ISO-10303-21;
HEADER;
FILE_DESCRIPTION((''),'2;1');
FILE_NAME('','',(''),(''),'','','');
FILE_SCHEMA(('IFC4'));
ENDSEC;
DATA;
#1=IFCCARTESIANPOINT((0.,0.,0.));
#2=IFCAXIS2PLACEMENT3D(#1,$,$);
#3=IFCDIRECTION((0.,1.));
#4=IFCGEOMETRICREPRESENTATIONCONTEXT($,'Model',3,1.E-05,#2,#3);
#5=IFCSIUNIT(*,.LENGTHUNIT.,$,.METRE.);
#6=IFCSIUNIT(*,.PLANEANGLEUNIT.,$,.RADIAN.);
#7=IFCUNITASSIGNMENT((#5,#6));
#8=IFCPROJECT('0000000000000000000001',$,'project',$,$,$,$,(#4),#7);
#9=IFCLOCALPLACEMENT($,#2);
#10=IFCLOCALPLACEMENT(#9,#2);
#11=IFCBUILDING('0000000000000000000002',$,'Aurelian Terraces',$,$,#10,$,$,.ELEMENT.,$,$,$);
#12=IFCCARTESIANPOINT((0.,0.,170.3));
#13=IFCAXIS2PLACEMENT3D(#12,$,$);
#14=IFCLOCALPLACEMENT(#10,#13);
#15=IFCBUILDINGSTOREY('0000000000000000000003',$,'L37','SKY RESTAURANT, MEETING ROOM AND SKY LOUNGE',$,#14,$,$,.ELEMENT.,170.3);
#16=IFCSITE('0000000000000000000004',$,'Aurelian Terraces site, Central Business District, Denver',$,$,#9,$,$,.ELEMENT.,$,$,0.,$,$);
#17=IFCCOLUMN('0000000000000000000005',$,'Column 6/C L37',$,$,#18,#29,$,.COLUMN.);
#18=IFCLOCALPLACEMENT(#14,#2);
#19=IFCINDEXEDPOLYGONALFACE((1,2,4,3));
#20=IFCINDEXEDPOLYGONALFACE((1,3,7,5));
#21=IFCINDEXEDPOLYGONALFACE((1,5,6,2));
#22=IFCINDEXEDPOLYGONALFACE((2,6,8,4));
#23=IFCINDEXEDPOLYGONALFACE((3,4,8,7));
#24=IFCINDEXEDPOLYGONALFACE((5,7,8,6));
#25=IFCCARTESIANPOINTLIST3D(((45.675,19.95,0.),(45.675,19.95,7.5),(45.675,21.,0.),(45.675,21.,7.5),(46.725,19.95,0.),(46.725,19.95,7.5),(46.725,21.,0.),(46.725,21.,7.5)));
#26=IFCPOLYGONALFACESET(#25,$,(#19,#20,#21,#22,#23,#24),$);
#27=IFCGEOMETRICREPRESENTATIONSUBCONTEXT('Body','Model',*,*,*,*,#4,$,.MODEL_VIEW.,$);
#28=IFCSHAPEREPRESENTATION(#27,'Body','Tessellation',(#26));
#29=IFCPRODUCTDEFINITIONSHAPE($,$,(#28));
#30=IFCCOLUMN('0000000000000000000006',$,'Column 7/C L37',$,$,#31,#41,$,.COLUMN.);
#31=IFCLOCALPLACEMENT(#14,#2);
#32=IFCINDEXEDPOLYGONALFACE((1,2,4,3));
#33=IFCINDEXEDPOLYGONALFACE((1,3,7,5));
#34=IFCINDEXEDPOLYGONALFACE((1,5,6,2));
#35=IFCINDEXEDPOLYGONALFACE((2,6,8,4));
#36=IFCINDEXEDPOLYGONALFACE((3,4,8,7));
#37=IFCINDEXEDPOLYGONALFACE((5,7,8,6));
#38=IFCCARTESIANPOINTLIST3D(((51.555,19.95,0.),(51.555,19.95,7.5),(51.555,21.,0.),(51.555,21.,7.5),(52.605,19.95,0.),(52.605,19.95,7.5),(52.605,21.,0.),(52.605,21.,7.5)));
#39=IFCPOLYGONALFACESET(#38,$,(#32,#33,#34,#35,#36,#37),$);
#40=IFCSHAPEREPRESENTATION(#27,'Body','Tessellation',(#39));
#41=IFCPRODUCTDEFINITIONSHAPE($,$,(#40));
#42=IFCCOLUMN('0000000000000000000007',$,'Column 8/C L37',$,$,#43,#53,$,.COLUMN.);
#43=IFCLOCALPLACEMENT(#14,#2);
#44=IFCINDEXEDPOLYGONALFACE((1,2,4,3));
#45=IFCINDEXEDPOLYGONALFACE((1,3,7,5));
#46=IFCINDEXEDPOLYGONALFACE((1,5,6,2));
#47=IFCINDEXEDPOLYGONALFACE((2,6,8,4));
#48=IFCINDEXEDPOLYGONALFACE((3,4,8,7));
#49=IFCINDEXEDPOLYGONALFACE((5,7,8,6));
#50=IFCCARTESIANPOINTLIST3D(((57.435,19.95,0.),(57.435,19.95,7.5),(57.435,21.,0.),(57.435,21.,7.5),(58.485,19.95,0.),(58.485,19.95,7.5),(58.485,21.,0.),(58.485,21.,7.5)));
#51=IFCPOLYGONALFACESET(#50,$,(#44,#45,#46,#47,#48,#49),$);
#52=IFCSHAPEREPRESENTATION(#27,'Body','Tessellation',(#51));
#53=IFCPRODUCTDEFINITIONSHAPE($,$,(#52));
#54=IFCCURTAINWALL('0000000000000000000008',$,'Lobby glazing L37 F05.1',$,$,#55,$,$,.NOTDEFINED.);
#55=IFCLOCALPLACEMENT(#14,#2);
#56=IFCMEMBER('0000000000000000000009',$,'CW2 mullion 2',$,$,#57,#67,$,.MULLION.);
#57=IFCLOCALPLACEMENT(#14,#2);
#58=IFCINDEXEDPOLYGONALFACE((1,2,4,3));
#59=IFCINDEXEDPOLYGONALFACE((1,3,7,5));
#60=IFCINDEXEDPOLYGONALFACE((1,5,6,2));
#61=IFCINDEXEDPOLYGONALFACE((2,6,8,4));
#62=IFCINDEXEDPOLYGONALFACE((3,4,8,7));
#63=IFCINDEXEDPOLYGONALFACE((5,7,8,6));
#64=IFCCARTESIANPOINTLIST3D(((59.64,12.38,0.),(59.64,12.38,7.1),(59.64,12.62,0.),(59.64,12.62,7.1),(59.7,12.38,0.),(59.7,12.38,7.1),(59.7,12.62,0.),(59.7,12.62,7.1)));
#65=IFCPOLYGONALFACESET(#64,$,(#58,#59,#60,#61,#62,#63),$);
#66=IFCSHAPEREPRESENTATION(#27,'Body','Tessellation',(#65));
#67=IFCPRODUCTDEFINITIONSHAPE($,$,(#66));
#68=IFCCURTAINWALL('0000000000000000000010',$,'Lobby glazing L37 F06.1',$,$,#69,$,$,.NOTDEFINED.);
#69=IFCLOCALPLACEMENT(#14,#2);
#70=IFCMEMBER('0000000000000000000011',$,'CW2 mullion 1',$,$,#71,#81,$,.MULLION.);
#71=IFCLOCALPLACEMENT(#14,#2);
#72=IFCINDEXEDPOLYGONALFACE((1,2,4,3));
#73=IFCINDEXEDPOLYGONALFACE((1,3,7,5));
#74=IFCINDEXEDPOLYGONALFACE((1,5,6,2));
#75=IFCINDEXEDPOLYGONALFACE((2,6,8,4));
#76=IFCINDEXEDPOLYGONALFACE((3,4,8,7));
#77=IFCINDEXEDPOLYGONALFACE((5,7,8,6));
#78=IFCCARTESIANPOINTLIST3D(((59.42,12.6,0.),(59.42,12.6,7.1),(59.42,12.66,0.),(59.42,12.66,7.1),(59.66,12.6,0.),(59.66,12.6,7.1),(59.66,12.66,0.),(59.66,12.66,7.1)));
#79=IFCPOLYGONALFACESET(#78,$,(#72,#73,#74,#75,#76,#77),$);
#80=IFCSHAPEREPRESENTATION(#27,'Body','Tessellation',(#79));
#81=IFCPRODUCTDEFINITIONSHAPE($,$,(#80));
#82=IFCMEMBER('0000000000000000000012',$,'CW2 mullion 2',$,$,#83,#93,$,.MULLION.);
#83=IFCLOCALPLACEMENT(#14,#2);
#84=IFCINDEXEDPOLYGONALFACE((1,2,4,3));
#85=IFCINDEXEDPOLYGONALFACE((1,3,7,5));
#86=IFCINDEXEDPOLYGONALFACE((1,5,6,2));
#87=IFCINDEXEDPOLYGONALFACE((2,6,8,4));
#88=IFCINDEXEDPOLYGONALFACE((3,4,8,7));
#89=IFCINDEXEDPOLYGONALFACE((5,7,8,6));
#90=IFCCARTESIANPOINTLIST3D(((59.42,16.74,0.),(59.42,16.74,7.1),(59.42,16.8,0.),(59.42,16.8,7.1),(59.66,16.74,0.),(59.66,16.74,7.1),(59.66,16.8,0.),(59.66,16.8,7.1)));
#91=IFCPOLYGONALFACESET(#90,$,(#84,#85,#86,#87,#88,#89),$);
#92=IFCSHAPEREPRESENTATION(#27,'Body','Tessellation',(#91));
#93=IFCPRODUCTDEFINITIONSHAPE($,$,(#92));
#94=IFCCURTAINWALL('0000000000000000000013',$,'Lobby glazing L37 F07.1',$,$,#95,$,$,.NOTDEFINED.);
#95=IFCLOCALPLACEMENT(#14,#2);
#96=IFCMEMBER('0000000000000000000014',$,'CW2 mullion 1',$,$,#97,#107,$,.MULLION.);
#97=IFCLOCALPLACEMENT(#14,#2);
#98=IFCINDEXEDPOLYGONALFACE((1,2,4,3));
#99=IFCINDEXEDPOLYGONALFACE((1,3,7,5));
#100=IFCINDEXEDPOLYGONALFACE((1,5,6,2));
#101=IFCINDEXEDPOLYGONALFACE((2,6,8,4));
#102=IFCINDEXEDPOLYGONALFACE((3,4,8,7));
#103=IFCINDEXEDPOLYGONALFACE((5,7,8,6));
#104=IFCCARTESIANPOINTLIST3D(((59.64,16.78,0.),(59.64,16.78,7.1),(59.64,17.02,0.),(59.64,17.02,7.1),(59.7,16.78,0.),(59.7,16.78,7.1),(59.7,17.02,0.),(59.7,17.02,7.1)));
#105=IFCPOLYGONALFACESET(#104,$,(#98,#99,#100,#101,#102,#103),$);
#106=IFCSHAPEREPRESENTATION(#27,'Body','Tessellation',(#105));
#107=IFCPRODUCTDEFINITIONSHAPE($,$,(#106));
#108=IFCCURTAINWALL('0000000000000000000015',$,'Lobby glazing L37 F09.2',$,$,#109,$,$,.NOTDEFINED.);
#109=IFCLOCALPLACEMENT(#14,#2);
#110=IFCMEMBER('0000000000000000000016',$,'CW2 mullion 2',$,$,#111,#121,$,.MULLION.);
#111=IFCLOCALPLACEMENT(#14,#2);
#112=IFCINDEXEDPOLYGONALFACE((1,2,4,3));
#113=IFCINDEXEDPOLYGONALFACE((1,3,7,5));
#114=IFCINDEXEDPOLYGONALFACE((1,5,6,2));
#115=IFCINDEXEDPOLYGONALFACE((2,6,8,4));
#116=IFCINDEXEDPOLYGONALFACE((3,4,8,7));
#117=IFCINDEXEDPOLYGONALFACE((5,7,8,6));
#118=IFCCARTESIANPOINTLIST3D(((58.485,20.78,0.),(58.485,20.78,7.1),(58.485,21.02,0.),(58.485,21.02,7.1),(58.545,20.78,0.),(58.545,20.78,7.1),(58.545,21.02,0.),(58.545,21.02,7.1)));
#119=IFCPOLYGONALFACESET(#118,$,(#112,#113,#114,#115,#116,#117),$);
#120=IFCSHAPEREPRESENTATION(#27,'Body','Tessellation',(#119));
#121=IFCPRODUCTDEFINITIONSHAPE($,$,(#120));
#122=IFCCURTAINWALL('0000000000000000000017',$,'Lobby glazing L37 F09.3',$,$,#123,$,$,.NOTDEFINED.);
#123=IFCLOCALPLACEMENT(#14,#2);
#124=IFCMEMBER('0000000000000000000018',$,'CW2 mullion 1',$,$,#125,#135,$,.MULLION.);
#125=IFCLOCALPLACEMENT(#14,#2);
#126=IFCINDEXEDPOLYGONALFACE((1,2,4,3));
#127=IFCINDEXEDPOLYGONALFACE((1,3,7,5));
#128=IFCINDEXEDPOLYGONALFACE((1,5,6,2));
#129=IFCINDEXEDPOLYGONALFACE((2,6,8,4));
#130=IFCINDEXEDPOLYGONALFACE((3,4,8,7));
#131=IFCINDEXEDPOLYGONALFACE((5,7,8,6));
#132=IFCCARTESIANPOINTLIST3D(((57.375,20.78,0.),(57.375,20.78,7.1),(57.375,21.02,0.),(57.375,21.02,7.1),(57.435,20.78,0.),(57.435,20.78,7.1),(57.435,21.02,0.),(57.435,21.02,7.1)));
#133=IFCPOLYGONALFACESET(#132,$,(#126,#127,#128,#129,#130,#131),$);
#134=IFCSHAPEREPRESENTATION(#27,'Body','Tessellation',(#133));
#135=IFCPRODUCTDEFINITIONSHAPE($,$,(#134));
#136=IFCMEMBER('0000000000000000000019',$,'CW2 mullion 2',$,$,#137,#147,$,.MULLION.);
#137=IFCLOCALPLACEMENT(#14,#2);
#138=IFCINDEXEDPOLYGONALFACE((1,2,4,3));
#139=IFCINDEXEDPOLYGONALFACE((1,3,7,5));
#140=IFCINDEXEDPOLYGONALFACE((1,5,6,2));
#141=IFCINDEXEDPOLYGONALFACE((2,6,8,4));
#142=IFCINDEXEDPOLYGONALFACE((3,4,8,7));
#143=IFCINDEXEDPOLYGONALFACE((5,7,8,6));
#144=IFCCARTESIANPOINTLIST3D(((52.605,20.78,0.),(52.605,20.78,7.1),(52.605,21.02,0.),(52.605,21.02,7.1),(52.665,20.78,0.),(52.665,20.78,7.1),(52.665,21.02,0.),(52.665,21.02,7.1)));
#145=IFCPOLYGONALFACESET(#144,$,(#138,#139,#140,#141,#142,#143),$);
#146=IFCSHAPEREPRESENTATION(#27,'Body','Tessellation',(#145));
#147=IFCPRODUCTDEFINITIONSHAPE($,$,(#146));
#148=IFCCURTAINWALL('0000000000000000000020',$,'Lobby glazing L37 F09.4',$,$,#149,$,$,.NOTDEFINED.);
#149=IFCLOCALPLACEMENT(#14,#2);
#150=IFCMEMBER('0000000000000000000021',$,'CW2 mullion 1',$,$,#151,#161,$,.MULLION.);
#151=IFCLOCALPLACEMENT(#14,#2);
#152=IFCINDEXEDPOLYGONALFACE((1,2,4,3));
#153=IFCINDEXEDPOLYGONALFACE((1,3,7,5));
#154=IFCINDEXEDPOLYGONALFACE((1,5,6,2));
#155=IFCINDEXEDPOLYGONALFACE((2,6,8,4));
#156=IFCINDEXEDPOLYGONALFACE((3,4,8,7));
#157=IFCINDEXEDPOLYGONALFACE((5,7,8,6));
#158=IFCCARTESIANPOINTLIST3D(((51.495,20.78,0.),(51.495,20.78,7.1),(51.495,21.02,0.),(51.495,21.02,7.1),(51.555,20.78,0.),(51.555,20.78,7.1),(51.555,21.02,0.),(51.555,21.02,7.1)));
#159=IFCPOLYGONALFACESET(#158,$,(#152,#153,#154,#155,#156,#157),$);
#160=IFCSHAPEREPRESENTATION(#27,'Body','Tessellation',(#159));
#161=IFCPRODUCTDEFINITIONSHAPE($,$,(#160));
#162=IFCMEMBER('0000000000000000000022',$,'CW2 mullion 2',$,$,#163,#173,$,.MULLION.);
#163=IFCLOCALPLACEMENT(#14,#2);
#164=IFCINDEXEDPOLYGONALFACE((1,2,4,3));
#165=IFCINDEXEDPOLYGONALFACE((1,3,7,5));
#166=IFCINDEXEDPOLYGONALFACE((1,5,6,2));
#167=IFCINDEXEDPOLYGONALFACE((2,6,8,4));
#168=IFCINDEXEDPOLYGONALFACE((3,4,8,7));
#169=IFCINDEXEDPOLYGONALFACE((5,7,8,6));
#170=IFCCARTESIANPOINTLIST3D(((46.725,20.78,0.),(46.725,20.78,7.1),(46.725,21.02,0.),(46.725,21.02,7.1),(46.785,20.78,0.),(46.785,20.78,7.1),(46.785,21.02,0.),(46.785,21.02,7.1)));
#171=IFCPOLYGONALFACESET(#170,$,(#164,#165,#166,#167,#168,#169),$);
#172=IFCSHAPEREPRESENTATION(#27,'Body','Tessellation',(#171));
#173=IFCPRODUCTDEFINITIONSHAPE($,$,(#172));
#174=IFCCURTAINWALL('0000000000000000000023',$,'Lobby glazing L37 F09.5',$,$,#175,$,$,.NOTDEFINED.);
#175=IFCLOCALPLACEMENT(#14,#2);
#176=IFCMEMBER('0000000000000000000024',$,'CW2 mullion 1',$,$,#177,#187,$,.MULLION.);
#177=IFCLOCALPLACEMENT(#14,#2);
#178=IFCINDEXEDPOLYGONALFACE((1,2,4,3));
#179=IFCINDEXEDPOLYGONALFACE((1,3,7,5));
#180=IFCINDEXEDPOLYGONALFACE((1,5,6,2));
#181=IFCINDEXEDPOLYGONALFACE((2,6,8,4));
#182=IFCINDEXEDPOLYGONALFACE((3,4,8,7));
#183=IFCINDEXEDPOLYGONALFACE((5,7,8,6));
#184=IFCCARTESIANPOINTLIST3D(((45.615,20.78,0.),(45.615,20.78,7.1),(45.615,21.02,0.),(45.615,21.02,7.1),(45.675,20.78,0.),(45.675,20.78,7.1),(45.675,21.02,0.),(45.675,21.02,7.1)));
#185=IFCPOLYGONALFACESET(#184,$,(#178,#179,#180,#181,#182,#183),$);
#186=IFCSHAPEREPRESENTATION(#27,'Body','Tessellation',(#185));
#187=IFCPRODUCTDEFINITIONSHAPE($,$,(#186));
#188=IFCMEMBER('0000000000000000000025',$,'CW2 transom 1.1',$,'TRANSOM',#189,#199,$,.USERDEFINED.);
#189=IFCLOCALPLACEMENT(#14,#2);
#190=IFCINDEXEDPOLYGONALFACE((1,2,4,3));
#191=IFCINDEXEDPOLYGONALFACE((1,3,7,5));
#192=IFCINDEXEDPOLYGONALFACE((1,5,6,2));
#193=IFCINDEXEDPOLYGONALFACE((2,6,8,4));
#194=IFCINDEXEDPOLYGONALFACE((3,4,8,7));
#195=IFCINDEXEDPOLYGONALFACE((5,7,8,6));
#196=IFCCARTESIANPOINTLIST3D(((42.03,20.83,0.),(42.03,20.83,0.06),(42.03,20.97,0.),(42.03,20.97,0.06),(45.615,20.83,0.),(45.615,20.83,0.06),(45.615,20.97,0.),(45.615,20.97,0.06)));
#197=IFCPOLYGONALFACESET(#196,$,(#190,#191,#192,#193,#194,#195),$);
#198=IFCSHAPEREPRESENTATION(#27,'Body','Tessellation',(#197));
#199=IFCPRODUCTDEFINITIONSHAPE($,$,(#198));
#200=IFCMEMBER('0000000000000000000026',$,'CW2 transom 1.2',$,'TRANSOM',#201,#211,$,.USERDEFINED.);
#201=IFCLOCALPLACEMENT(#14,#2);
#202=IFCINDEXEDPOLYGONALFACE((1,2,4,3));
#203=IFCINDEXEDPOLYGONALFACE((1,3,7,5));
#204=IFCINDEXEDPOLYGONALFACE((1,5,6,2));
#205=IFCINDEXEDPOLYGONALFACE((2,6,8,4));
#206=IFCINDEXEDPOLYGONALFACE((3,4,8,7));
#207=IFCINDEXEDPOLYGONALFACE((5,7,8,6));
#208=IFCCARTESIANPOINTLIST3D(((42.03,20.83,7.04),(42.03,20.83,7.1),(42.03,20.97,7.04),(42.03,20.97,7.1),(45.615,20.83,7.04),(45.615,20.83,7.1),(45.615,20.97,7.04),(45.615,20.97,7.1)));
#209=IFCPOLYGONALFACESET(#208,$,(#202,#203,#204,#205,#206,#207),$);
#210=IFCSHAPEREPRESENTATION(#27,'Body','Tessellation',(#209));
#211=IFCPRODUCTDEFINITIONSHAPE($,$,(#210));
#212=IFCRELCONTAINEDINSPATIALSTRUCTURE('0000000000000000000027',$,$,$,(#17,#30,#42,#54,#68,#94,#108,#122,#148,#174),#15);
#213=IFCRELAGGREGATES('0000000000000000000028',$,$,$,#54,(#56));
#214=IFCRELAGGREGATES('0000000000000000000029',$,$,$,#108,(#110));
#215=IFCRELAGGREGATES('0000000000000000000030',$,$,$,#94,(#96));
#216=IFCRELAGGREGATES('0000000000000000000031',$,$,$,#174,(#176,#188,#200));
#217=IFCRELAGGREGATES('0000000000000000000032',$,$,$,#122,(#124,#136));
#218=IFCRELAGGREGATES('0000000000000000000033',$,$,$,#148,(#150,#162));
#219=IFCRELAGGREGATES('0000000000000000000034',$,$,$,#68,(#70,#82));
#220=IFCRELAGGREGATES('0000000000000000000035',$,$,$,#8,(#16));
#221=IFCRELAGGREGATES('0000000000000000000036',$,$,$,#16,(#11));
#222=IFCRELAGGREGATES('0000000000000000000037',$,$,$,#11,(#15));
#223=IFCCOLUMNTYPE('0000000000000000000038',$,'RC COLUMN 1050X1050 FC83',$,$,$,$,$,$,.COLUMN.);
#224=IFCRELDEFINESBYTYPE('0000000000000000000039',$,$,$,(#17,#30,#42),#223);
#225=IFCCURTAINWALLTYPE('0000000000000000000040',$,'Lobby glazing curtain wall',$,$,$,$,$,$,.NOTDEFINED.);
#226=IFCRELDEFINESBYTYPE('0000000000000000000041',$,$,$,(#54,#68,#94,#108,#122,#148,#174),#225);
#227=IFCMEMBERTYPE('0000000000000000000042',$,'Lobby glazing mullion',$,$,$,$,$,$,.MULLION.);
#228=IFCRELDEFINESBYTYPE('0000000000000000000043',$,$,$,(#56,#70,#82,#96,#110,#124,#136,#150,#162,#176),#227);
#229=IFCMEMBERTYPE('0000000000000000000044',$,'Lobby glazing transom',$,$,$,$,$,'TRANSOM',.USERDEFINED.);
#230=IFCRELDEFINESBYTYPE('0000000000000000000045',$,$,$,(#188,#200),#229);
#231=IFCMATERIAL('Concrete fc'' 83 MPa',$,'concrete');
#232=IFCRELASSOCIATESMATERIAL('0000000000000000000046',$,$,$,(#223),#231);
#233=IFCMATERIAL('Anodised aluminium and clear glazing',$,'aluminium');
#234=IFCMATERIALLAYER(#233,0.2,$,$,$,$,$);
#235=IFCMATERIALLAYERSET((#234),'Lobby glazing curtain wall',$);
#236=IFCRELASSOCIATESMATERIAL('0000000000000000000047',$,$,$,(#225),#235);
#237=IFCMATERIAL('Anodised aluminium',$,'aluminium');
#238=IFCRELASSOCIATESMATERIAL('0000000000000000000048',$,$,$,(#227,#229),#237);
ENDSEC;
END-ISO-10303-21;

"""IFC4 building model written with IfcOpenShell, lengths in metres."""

from ifc_helpers import new_model, si_unit, direction, frame, origin, origin_2d, place, context, subcontext, project, spatial, rectangle, extrude, source, transform, mapped, material, layer, layer_set, material_profile, profile_set, type_object, element, aggregate, save


model = new_model("IFC4")

# Units and contexts
model_context = context("Model", 3, precision=1e-05, world=origin(), true_north=direction((0.0, 1.0)))
body_context = subcontext(model_context, "Body", "Model", "MODEL_VIEW")
ifc_project = project(units=[si_unit("LENGTHUNIT", "METRE"), si_unit("PLANEANGLEUNIT", "RADIAN")], contexts=[model_context])

# Site, building, storey
site_placement = place(None, origin())
site = spatial("IfcSite", under=ifc_project, at=site_placement, Name="Aurelian Terraces site, Central Business District, Denver", CompositionType="ELEMENT", RefElevation=0.0)
building_placement = place(site_placement, origin())
building = spatial("IfcBuilding", under=site, at=building_placement, Name="Aurelian Terraces", CompositionType="ELEMENT")
storey_placement = place(building_placement, frame((0.0, 0.0, 170.3)))
storey = spatial("IfcBuildingStorey", under=building, at=storey_placement, Name="L37", Description="SKY RESTAURANT, MEETING ROOM AND SKY LOUNGE", CompositionType="ELEMENT", Elevation=170.3)

# Columns
ifc_material_1 = material(Name="Concrete fc' 83 MPa", Category="concrete")
ifc_material_profile_1 = material_profile(ifc_material_1, rectangle(XDim=1.05, YDim=1.05, at=origin_2d()))
ifc_profile_set_1 = profile_set([ifc_material_profile_1], Name="Concrete fc' 83 MPa")
column_type = type_object("IfcColumnType", Name="RC COLUMN 1050X1050 FC83", PredefinedType="COLUMN", material=ifc_profile_set_1)
shared_shape_1 = source(origin(), body_context, "Body", "SweptSolid", [
    extrude(rectangle(XDim=1.05, YDim=1.05, at=origin_2d()), origin(), (0.0, 0.0, 1.0), 7.5),
])
for number, where, z_axis, x_axis, name in (
    (1, (46.2, 20.475, 0.0), (0.0, 0.0, 1.0), (1.0, 0.0, 0.0), "Column 6/C L37"),
    (2, (52.08, 20.475, 0.0), (0.0, 0.0, 1.0), (1.0, 0.0, 0.0), "Column 7/C L37"),
    (3, (57.96, 20.475, 0.0), (0.0, 0.0, 1.0), (1.0, 0.0, 0.0), "Column 8/C L37"),
):
    element("IfcColumn", number, at=place(storey_placement, frame(where, z_axis=z_axis, x_axis=x_axis)), inside=storey, type_object=column_type, Name=name, PredefinedType="COLUMN", context=body_context, shape_type="MappedRepresentation", body=[
        mapped(shared_shape_1, transform((0.0, 0.0, 0.0), scale=1.0)),
    ])

# Curtain wall, member
ifc_material_2 = material(Name="Anodised aluminium and clear glazing", Category="aluminium")
ifc_layer_1 = layer(ifc_material_2, 0.2)
ifc_layer_set_1 = layer_set([ifc_layer_1], Name="Lobby glazing curtain wall")
curtain_wall_type = type_object("IfcCurtainWallType", Name="Lobby glazing curtain wall", PredefinedType="NOTDEFINED", material=ifc_layer_set_1)
curtain_wall_1_placement = place(storey_placement, origin())
curtain_wall_1 = element("IfcCurtainWall", 4, at=curtain_wall_1_placement, inside=storey, type_object=curtain_wall_type, Name="Lobby glazing L37 F05.1", PredefinedType="NOTDEFINED")
ifc_material_3 = material(Name="Anodised aluminium", Category="aluminium")
ifc_material_profile_2 = material_profile(ifc_material_3, rectangle(XDim=0.24, YDim=0.06, at=origin_2d()))
ifc_profile_set_2 = profile_set([ifc_material_profile_2], Name="Anodised aluminium")
member_type_1 = type_object("IfcMemberType", Name="Lobby glazing mullion", PredefinedType="MULLION", material=ifc_profile_set_2)
shared_shape_2 = source(origin(), body_context, "Body", "SweptSolid", [
    extrude(rectangle(XDim=0.24, YDim=0.06, at=origin_2d()), origin(), (0.0, 0.0, 1.0), 7.1),
])
member_1_placement = place(storey_placement, frame((59.67, 12.5, 0.0), z_axis=(0.0, 0.0, 1.0), x_axis=(0.0, -1.0, 0.0)))
member_1 = element("IfcMember", 5, at=member_1_placement, type_object=member_type_1, Name="CW2 mullion 2", PredefinedType="MULLION", context=body_context, shape_type="MappedRepresentation", body=[
    mapped(shared_shape_2, transform((0.0, 0.0, 0.0), scale=1.0)),
])
aggregate(curtain_wall_1, [member_1])

# Curtain wall, members
curtain_wall_2_placement = place(storey_placement, origin())
curtain_wall_2 = element("IfcCurtainWall", 6, at=curtain_wall_2_placement, inside=storey, type_object=curtain_wall_type, Name="Lobby glazing L37 F06.1", PredefinedType="NOTDEFINED")
member_2_placement = place(storey_placement, frame((59.54, 12.63, 0.0), z_axis=(0.0, 0.0, 1.0), x_axis=(-1.0, 0.0, 0.0)))
member_2 = element("IfcMember", 7, at=member_2_placement, type_object=member_type_1, Name="CW2 mullion 1", PredefinedType="MULLION", context=body_context, shape_type="MappedRepresentation", body=[
    mapped(shared_shape_2, transform((0.0, 0.0, 0.0), scale=1.0)),
])
member_3_placement = place(storey_placement, frame((59.54, 16.77, 0.0), z_axis=(0.0, 0.0, 1.0), x_axis=(-1.0, 0.0, 0.0)))
member_3 = element("IfcMember", 8, at=member_3_placement, type_object=member_type_1, Name="CW2 mullion 2", PredefinedType="MULLION", context=body_context, shape_type="MappedRepresentation", body=[
    mapped(shared_shape_2, transform((0.0, 0.0, 0.0), scale=1.0)),
])

# Curtain walls, members
curtain_wall_3_placement = place(storey_placement, origin())
curtain_wall_3 = element("IfcCurtainWall", 9, at=curtain_wall_3_placement, inside=storey, type_object=curtain_wall_type, Name="Lobby glazing L37 F07.1", PredefinedType="NOTDEFINED")
member_4_placement = place(storey_placement, frame((59.67, 16.9, 0.0), z_axis=(0.0, 0.0, 1.0), x_axis=(0.0, 1.0, 0.0)))
member_4 = element("IfcMember", 10, at=member_4_placement, type_object=member_type_1, Name="CW2 mullion 1", PredefinedType="MULLION", context=body_context, shape_type="MappedRepresentation", body=[
    mapped(shared_shape_2, transform((0.0, 0.0, 0.0), scale=1.0)),
])
curtain_wall_4_placement = place(storey_placement, origin())
curtain_wall_4 = element("IfcCurtainWall", 11, at=curtain_wall_4_placement, inside=storey, type_object=curtain_wall_type, Name="Lobby glazing L37 F09.2", PredefinedType="NOTDEFINED")
member_5_placement = place(storey_placement, frame((58.515, 20.9, 0.0), z_axis=(0.0, 0.0, 1.0), x_axis=(0.0, -1.0, 0.0)))
member_5 = element("IfcMember", 12, at=member_5_placement, type_object=member_type_1, Name="CW2 mullion 2", PredefinedType="MULLION", context=body_context, shape_type="MappedRepresentation", body=[
    mapped(shared_shape_2, transform((0.0, 0.0, 0.0), scale=1.0)),
])
aggregate(curtain_wall_4, [member_5])

# Curtain walls, members
curtain_wall_5_placement = place(storey_placement, origin())
curtain_wall_5 = element("IfcCurtainWall", 13, at=curtain_wall_5_placement, inside=storey, type_object=curtain_wall_type, Name="Lobby glazing L37 F09.3", PredefinedType="NOTDEFINED")
member_6_placement = place(storey_placement, frame((57.405, 20.9, 0.0), z_axis=(0.0, 0.0, 1.0), x_axis=(0.0, -1.0, 0.0)))
member_6 = element("IfcMember", 14, at=member_6_placement, type_object=member_type_1, Name="CW2 mullion 1", PredefinedType="MULLION", context=body_context, shape_type="MappedRepresentation", body=[
    mapped(shared_shape_2, transform((0.0, 0.0, 0.0), scale=1.0)),
])
member_7_placement = place(storey_placement, frame((52.635, 20.9, 0.0), z_axis=(0.0, 0.0, 1.0), x_axis=(0.0, -1.0, 0.0)))
member_7 = element("IfcMember", 15, at=member_7_placement, type_object=member_type_1, Name="CW2 mullion 2", PredefinedType="MULLION", context=body_context, shape_type="MappedRepresentation", body=[
    mapped(shared_shape_2, transform((0.0, 0.0, 0.0), scale=1.0)),
])
curtain_wall_6_placement = place(storey_placement, origin())
curtain_wall_6 = element("IfcCurtainWall", 16, at=curtain_wall_6_placement, inside=storey, type_object=curtain_wall_type, Name="Lobby glazing L37 F09.4", PredefinedType="NOTDEFINED")
member_8_placement = place(storey_placement, frame((51.525, 20.9, 0.0), z_axis=(0.0, 0.0, 1.0), x_axis=(0.0, -1.0, 0.0)))
member_8 = element("IfcMember", 17, at=member_8_placement, type_object=member_type_1, Name="CW2 mullion 1", PredefinedType="MULLION", context=body_context, shape_type="MappedRepresentation", body=[
    mapped(shared_shape_2, transform((0.0, 0.0, 0.0), scale=1.0)),
])
member_9_placement = place(storey_placement, frame((46.755, 20.9, 0.0), z_axis=(0.0, 0.0, 1.0), x_axis=(0.0, -1.0, 0.0)))
member_9 = element("IfcMember", 18, at=member_9_placement, type_object=member_type_1, Name="CW2 mullion 2", PredefinedType="MULLION", context=body_context, shape_type="MappedRepresentation", body=[
    mapped(shared_shape_2, transform((0.0, 0.0, 0.0), scale=1.0)),
])
curtain_wall_7_placement = place(storey_placement, origin())
curtain_wall_7 = element("IfcCurtainWall", 19, at=curtain_wall_7_placement, inside=storey, type_object=curtain_wall_type, Name="Lobby glazing L37 F09.5", PredefinedType="NOTDEFINED")
member_10_placement = place(storey_placement, frame((45.645, 20.9, 0.0), z_axis=(0.0, 0.0, 1.0), x_axis=(0.0, -1.0, 0.0)))
member_10 = element("IfcMember", 20, at=member_10_placement, type_object=member_type_1, Name="CW2 mullion 1", PredefinedType="MULLION", context=body_context, shape_type="MappedRepresentation", body=[
    mapped(shared_shape_2, transform((0.0, 0.0, 0.0), scale=1.0)),
])
ifc_material_profile_3 = material_profile(ifc_material_3, rectangle(XDim=0.14, YDim=0.06, at=origin_2d()))
ifc_profile_set_3 = profile_set([ifc_material_profile_3], Name="Anodised aluminium")
member_type_2 = type_object("IfcMemberType", Name="Lobby glazing transom", ElementType="TRANSOM", PredefinedType="USERDEFINED", material=ifc_profile_set_3)
shared_shape_3 = source(origin(), body_context, "Body", "SweptSolid", [
    extrude(rectangle(XDim=0.14, YDim=0.06, at=origin_2d()), origin(), (0.0, 0.0, 1.0), 3.585),
])
member_11_placement = place(storey_placement, frame((45.615, 20.9, 0.03), z_axis=(-1.0, 0.0, 0.0), x_axis=(0.0, -1.0, 0.0)))
member_11 = element("IfcMember", 21, at=member_11_placement, type_object=member_type_2, Name="CW2 transom 1.1", ObjectType="TRANSOM", PredefinedType="USERDEFINED", context=body_context, shape_type="MappedRepresentation", body=[
    mapped(shared_shape_3, transform((0.0, 0.0, 0.0), scale=1.0)),
])
member_12_placement = place(storey_placement, frame((45.615, 20.9, 7.07), z_axis=(-1.0, 0.0, 0.0), x_axis=(0.0, -1.0, 0.0)))
member_12 = element("IfcMember", 22, at=member_12_placement, type_object=member_type_2, Name="CW2 transom 1.2", ObjectType="TRANSOM", PredefinedType="USERDEFINED", context=body_context, shape_type="MappedRepresentation", body=[
    mapped(shared_shape_3, transform((0.0, 0.0, 0.0), scale=1.0)),
])

aggregate(curtain_wall_3, [member_4])

aggregate(curtain_wall_7, [member_10, member_11, member_12])
aggregate(curtain_wall_5, [member_6, member_7])
aggregate(curtain_wall_6, [member_8, member_9])
aggregate(curtain_wall_2, [member_2, member_3])

save(model, "model.ifc")
